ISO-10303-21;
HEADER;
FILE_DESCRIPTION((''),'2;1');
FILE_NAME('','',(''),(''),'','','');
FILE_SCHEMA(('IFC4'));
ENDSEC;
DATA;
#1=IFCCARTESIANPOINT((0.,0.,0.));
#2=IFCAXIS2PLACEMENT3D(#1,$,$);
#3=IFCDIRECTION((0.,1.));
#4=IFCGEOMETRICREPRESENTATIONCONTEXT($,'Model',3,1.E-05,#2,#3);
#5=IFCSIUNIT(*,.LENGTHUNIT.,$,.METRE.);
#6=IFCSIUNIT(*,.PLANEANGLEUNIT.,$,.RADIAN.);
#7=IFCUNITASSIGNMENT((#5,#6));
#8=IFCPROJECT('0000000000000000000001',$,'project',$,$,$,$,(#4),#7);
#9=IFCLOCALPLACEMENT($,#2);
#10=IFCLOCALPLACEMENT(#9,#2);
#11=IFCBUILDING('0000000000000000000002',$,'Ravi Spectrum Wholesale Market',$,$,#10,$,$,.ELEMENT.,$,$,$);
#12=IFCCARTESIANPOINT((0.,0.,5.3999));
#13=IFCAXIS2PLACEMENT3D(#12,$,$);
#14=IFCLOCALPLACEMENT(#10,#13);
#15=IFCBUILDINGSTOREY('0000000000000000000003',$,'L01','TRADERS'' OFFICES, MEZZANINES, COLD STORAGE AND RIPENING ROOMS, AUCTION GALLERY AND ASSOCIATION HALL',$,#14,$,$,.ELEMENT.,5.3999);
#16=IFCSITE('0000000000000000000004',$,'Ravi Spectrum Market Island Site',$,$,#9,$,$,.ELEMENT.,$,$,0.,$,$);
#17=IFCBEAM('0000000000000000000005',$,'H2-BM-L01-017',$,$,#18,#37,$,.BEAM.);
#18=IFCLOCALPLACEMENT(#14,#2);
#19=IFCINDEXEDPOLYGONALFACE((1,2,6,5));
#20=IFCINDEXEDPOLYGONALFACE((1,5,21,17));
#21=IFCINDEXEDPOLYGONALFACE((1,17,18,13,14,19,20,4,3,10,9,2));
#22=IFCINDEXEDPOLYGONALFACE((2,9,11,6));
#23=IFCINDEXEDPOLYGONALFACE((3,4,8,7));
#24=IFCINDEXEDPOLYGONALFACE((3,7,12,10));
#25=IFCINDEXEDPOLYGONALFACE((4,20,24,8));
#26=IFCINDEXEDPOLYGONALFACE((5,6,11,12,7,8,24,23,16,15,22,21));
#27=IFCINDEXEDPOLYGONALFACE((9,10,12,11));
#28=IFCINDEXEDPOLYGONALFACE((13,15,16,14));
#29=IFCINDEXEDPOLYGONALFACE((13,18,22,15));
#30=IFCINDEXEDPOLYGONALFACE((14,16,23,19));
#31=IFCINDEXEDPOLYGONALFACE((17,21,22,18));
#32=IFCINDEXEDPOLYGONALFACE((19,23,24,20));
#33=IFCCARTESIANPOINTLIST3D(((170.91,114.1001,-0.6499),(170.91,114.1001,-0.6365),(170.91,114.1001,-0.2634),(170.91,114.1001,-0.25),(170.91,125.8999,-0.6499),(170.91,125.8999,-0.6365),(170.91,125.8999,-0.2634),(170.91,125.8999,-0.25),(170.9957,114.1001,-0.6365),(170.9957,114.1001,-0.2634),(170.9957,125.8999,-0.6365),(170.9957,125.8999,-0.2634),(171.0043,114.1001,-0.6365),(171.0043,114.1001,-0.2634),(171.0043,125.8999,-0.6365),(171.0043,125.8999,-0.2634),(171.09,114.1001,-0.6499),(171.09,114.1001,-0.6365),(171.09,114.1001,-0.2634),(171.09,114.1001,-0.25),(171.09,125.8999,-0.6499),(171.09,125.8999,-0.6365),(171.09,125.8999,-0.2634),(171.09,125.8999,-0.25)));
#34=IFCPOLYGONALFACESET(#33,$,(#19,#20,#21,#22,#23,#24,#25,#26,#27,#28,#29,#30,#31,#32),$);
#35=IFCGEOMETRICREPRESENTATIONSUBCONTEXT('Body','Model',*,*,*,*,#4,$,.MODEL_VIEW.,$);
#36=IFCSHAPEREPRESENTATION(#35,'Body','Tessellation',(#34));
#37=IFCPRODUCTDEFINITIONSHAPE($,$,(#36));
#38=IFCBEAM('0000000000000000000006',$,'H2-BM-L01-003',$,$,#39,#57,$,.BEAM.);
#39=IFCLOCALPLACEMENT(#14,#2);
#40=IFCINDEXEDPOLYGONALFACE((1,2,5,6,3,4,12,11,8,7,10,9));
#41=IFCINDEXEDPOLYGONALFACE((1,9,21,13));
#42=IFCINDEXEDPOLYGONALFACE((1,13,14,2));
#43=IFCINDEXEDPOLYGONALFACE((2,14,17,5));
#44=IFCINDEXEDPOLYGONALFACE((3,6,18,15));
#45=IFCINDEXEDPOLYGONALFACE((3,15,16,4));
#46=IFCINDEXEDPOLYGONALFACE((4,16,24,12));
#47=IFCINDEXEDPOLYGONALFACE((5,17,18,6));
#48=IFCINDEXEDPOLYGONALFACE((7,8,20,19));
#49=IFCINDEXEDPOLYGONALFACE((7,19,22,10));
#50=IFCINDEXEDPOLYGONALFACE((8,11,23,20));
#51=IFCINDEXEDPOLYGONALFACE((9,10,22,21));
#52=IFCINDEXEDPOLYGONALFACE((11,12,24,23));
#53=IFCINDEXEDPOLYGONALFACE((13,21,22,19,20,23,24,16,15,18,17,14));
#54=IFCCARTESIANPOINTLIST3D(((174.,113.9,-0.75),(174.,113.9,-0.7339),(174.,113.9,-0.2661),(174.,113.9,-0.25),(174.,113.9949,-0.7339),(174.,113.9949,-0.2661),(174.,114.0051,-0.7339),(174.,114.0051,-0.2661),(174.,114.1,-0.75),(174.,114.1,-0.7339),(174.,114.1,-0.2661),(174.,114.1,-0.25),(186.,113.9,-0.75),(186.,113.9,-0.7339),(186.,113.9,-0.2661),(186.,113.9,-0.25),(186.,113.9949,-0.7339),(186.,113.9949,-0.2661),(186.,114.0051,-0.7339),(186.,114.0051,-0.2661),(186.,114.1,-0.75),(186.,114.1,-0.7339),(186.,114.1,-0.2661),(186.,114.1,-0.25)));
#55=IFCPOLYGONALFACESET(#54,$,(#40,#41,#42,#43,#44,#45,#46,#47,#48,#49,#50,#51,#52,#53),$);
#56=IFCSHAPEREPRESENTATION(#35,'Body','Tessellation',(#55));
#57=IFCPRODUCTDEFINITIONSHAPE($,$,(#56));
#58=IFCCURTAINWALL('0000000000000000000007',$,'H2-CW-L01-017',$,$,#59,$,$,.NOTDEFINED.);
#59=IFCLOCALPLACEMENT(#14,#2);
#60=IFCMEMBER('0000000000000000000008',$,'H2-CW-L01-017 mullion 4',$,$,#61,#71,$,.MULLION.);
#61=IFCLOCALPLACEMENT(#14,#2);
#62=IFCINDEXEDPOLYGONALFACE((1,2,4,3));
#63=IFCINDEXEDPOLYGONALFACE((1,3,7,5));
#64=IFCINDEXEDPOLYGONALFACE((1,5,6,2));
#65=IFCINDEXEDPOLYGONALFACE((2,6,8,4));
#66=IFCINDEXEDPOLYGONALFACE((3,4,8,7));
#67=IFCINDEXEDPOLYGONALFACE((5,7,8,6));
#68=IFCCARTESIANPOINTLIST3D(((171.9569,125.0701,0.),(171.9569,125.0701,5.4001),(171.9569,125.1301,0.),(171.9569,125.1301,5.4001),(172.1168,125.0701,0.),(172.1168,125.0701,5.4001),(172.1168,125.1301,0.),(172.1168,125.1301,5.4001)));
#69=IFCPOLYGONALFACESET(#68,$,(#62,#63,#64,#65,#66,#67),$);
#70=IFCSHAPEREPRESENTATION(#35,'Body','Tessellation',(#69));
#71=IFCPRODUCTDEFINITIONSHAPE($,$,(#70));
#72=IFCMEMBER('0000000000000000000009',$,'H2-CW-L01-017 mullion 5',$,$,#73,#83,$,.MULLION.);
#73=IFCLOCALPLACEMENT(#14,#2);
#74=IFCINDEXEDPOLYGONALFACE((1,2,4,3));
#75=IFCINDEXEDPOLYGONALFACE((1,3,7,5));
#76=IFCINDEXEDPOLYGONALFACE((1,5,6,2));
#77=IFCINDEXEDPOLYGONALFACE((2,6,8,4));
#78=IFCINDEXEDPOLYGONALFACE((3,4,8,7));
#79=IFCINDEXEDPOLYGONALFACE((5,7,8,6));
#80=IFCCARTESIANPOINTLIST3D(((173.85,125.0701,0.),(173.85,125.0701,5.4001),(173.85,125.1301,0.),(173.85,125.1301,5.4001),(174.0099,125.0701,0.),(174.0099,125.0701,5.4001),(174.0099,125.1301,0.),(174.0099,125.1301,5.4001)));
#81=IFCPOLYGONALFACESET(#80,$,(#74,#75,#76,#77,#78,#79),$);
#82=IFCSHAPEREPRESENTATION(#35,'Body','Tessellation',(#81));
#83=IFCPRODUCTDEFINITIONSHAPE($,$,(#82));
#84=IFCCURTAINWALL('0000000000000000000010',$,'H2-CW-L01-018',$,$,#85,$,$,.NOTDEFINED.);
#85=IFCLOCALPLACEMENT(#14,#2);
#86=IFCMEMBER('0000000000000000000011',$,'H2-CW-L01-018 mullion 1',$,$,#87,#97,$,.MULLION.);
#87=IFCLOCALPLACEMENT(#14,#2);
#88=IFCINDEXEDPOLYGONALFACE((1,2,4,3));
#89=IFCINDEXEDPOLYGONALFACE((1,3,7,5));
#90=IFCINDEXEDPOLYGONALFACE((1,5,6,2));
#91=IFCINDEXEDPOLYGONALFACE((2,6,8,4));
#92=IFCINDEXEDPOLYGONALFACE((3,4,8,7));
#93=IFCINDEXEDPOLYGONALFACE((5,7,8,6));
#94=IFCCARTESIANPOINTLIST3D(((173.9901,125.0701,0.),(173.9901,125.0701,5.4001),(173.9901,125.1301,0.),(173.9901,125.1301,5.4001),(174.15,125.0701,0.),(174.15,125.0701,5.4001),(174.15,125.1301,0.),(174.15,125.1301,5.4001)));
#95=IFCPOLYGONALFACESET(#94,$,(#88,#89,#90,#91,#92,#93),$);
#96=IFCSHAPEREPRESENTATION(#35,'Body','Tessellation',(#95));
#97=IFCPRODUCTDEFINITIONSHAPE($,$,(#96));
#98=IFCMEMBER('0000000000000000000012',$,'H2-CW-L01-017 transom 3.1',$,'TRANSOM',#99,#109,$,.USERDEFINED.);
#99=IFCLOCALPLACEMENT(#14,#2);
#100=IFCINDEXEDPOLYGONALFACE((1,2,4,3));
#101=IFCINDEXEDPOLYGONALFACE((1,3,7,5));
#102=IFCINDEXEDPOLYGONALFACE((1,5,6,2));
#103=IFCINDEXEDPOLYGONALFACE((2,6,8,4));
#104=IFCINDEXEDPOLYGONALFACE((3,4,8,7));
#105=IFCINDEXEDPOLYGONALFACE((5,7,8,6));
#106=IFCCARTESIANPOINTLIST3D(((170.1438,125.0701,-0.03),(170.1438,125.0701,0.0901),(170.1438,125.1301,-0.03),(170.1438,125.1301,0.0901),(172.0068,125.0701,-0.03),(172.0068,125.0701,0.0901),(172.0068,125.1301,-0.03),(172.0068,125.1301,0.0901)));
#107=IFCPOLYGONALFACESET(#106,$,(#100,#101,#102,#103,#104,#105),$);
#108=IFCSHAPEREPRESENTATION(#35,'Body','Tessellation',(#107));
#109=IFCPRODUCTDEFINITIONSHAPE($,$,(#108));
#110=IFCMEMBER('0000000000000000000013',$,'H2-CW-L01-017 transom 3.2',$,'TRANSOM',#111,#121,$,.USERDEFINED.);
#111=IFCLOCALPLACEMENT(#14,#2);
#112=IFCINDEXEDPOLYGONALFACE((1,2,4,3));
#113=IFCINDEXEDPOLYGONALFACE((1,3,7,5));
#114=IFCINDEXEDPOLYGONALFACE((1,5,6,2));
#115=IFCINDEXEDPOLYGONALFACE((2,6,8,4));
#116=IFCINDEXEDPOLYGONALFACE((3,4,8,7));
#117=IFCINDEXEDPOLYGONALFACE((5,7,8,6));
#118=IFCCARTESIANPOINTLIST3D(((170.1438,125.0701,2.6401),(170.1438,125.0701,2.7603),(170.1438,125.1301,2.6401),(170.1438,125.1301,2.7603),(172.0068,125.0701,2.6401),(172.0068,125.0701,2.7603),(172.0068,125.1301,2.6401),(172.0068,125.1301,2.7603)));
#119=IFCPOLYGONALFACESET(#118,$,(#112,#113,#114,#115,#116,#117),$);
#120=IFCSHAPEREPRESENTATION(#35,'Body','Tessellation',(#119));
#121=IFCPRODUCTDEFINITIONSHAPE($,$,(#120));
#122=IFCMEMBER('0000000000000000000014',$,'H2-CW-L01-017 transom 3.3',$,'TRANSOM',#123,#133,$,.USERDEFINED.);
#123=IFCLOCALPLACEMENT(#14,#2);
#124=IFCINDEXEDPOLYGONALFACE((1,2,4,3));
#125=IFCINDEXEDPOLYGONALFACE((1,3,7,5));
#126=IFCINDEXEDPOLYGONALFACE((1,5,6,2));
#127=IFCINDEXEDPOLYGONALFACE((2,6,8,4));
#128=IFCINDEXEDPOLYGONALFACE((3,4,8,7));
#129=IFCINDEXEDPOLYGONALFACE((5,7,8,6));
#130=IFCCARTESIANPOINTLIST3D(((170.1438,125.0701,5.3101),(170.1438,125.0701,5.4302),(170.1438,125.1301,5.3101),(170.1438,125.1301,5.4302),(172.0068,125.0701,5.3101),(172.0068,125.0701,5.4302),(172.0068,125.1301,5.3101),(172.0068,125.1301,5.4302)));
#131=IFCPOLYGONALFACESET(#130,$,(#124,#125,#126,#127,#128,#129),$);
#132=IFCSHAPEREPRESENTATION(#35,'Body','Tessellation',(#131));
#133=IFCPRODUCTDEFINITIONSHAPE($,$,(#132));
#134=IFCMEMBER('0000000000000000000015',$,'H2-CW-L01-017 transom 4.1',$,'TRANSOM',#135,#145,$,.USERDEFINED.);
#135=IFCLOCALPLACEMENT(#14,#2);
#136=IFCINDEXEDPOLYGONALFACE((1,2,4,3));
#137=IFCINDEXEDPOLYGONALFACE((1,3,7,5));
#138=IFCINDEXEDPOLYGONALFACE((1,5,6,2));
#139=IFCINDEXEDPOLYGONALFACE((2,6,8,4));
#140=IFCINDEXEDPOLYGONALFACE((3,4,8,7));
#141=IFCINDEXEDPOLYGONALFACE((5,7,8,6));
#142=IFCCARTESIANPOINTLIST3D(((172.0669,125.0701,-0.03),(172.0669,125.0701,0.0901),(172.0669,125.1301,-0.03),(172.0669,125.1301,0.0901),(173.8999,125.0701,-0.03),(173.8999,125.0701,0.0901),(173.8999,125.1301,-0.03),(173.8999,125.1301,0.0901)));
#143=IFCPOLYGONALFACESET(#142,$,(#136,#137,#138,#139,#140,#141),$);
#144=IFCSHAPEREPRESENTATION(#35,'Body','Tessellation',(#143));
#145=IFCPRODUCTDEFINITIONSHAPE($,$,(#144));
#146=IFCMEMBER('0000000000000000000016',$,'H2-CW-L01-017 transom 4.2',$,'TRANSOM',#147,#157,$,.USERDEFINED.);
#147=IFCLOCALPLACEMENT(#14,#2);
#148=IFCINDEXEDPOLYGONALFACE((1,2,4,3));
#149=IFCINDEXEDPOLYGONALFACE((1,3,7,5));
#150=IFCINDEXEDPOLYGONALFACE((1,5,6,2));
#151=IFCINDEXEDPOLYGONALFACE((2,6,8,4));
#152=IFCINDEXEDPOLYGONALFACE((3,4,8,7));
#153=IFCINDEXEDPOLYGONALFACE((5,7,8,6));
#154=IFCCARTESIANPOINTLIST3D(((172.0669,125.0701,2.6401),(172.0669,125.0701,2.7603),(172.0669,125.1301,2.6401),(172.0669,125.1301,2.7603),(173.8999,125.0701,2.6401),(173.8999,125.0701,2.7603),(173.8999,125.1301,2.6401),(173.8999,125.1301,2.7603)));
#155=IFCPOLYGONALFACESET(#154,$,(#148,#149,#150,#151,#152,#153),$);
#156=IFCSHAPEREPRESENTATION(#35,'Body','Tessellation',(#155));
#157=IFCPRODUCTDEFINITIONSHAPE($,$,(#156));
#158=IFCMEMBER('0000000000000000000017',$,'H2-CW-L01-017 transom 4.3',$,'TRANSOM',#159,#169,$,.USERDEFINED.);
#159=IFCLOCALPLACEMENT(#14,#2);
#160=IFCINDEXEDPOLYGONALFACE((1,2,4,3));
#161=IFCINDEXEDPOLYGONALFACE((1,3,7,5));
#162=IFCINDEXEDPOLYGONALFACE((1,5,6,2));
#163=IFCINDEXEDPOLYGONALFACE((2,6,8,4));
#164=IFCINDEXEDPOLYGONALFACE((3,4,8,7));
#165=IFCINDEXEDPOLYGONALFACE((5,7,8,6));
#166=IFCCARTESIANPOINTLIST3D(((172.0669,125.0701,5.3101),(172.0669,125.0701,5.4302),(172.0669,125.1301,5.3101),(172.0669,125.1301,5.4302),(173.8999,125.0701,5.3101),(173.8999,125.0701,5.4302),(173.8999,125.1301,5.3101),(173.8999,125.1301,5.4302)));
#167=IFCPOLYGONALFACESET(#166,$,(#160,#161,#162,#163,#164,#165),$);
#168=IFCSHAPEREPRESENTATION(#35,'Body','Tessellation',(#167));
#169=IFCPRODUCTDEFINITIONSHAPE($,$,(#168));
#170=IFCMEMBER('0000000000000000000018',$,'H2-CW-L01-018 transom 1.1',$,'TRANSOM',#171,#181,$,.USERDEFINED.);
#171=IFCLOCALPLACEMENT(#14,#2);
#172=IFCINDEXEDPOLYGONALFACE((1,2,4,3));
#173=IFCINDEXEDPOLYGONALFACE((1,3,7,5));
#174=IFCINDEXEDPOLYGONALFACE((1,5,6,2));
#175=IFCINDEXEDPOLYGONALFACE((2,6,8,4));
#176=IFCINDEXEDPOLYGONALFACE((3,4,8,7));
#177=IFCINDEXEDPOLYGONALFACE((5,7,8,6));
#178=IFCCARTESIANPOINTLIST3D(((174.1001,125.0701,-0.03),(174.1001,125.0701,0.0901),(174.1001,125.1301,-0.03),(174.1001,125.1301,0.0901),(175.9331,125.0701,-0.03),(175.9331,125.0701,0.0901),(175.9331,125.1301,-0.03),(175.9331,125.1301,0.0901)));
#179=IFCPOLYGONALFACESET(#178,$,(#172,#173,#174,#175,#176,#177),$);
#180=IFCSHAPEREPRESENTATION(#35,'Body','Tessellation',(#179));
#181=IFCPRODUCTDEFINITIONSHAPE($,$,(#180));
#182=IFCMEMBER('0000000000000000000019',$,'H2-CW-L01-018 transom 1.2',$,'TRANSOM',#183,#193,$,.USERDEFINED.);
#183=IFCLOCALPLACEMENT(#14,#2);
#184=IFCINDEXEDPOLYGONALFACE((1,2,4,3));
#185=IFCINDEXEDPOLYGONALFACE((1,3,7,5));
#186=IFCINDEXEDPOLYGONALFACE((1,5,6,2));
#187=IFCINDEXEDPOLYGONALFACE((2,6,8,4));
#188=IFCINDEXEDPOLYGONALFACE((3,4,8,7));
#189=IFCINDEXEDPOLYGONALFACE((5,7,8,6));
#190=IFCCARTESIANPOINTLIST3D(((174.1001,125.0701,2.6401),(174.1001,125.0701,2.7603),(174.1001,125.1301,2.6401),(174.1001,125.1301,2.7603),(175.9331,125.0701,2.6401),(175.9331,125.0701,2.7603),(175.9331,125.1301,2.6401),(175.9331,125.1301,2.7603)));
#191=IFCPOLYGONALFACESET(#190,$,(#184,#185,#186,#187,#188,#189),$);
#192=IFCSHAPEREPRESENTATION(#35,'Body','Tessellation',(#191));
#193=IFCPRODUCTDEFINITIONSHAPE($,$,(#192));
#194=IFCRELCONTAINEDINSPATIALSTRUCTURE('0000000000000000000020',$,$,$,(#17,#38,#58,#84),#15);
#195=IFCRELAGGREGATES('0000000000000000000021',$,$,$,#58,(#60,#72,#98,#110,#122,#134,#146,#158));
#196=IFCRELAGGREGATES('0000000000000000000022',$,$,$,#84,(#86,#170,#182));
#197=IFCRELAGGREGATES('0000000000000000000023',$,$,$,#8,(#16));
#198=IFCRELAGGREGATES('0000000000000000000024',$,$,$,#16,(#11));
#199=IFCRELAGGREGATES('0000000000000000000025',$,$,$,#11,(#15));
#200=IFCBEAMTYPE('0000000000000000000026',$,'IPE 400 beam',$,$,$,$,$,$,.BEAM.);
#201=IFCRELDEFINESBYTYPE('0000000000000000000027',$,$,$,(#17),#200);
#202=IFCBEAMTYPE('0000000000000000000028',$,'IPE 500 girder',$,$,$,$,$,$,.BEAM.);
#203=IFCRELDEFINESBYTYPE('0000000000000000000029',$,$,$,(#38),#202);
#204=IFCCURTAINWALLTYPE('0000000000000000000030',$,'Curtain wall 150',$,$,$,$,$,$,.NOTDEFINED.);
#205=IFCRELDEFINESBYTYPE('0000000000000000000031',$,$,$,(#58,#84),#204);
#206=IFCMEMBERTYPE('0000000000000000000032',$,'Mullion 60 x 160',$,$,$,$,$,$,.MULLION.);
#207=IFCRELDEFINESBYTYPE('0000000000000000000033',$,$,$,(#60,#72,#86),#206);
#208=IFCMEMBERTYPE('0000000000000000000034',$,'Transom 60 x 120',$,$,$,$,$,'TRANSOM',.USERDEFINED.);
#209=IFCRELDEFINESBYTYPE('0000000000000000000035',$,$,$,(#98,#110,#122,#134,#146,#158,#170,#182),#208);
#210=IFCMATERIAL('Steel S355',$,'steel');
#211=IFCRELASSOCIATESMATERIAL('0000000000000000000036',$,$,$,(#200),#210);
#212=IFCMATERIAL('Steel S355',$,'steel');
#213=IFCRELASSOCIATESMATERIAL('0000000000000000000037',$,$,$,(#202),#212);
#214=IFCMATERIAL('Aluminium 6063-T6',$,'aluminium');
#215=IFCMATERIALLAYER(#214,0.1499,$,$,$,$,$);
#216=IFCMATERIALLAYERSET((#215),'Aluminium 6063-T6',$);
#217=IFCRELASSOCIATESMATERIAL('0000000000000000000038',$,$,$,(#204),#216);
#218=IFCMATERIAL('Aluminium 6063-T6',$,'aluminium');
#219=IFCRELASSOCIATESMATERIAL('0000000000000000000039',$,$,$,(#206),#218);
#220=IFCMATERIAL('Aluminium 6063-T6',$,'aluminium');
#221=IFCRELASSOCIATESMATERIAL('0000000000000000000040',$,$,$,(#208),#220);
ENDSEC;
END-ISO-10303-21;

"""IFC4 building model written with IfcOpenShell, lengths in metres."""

from ifc_helpers import new_model, si_unit, direction, frame, origin, origin_2d, place, context, subcontext, project, spatial, rectangle, i_section, extrude, material, layer, layer_set, material_profile, profile_set, type_object, element, aggregate, save


model = new_model("IFC4")

# Units and contexts
model_context = context("Model", 3, precision=1e-05, world=origin(), true_north=direction((0.0, 1.0)))
body_context = subcontext(model_context, "Body", "Model", "MODEL_VIEW")
ifc_project = project(units=[si_unit("LENGTHUNIT", "METRE"), si_unit("PLANEANGLEUNIT", "RADIAN")], contexts=[model_context])

# Site, building, storey
site_placement = place(None, origin())
site = spatial("IfcSite", under=ifc_project, at=site_placement, Name="Ravi Spectrum Market Island Site", CompositionType="ELEMENT", RefElevation=0.0)
building_placement = place(site_placement, origin())
building = spatial("IfcBuilding", under=site, at=building_placement, Name="Ravi Spectrum Wholesale Market", CompositionType="ELEMENT")
storey_placement = place(building_placement, frame((0.0, 0.0, 5.3999)))
storey = spatial("IfcBuildingStorey", under=building, at=storey_placement, Name="L01", Description="TRADERS' OFFICES, MEZZANINES, COLD STORAGE AND RIPENING ROOMS, AUCTION GALLERY AND ASSOCIATION HALL", CompositionType="ELEMENT", Elevation=5.3999)

# Beams
ifc_material_1 = material(Name="Steel S355", Category="steel")
ifc_material_profile_1 = material_profile(ifc_material_1, i_section(OverallWidth=0.1799, OverallDepth=0.3999, WebThickness=0.0085, FlangeThickness=0.0134, at=origin_2d()))
ifc_profile_set_1 = profile_set([ifc_material_profile_1], Name="Steel S355")
beam_type_1 = type_object("IfcBeamType", Name="IPE 400 beam", PredefinedType="BEAM", material=ifc_profile_set_1)
beam_1_placement = place(storey_placement, frame((171.0, 114.1001, -0.45), z_axis=(0.0, 1.0, 0.0), x_axis=(-1.0, 0.0, 0.0)))
element("IfcBeam", 1, at=beam_1_placement, inside=storey, type_object=beam_type_1, Name="H2-BM-L01-017", PredefinedType="BEAM", context=body_context, shape_type="SweptSolid", body=[
    extrude(i_section(OverallWidth=0.1799, OverallDepth=0.3999, WebThickness=0.0085, FlangeThickness=0.0134, at=origin_2d()), origin(), (0.0, 0.0, 1.0), 11.7998),
])
ifc_material_2 = material(Name="Steel S355", Category="steel")
ifc_material_profile_2 = material_profile(ifc_material_2, i_section(OverallWidth=0.2, OverallDepth=0.5, WebThickness=0.0103, FlangeThickness=0.0161, at=origin_2d()))
ifc_profile_set_2 = profile_set([ifc_material_profile_2], Name="Steel S355")
beam_type_2 = type_object("IfcBeamType", Name="IPE 500 girder", PredefinedType="BEAM", material=ifc_profile_set_2)
beam_2_placement = place(storey_placement, frame((174.0, 114.0, -0.5), z_axis=(1.0, 0.0, 0.0), x_axis=(0.0, 1.0, 0.0)))
element("IfcBeam", 2, at=beam_2_placement, inside=storey, type_object=beam_type_2, Name="H2-BM-L01-003", PredefinedType="BEAM", context=body_context, shape_type="SweptSolid", body=[
    extrude(i_section(OverallWidth=0.2, OverallDepth=0.5, WebThickness=0.0103, FlangeThickness=0.0161, at=origin_2d()), origin(), (0.0, 0.0, 1.0), 12.0),
])

# Curtain wall, members
ifc_material_3 = material(Name="Aluminium 6063-T6", Category="aluminium")
ifc_layer_1 = layer(ifc_material_3, 0.1499)
ifc_layer_set_1 = layer_set([ifc_layer_1], Name="Aluminium 6063-T6")
curtain_wall_type = type_object("IfcCurtainWallType", Name="Curtain wall 150", PredefinedType="NOTDEFINED", material=ifc_layer_set_1)
curtain_wall_1_placement = place(storey_placement, origin())
curtain_wall_1 = element("IfcCurtainWall", 3, at=curtain_wall_1_placement, inside=storey, type_object=curtain_wall_type, Name="H2-CW-L01-017", PredefinedType="NOTDEFINED")
ifc_material_4 = material(Name="Aluminium 6063-T6", Category="aluminium")
ifc_material_profile_3 = material_profile(ifc_material_4, rectangle(XDim=0.0601, YDim=0.1599, at=origin_2d()))
ifc_profile_set_3 = profile_set([ifc_material_profile_3], Name="Aluminium 6063-T6")
member_type_1 = type_object("IfcMemberType", Name="Mullion 60 x 160", PredefinedType="MULLION", material=ifc_profile_set_3)
member_1_placement = place(storey_placement, frame((172.0369, 125.1001, 0.0), z_axis=(0.0, 0.0, 1.0), x_axis=(0.0, 1.0, 0.0)))
member_1 = element("IfcMember", 4, at=member_1_placement, type_object=member_type_1, Name="H2-CW-L01-017 mullion 4", PredefinedType="MULLION", context=body_context, shape_type="SweptSolid", body=[
    extrude(rectangle(XDim=0.0601, YDim=0.1599, at=origin_2d()), origin(), (0.0, 0.0, 1.0), 5.4001),
])
member_2_placement = place(storey_placement, frame((173.9299, 125.1001, 0.0), z_axis=(0.0, 0.0, 1.0), x_axis=(0.0, 1.0, 0.0)))
member_2 = element("IfcMember", 5, at=member_2_placement, type_object=member_type_1, Name="H2-CW-L01-017 mullion 5", PredefinedType="MULLION", context=body_context, shape_type="SweptSolid", body=[
    extrude(rectangle(XDim=0.0601, YDim=0.1599, at=origin_2d()), origin(), (0.0, 0.0, 1.0), 5.4001),
])

# Curtain wall, member
curtain_wall_2_placement = place(storey_placement, origin())
curtain_wall_2 = element("IfcCurtainWall", 6, at=curtain_wall_2_placement, inside=storey, type_object=curtain_wall_type, Name="H2-CW-L01-018", PredefinedType="NOTDEFINED")
member_3_placement = place(storey_placement, frame((174.0701, 125.1001, 0.0), z_axis=(0.0, 0.0, 1.0), x_axis=(0.0, 1.0, 0.0)))
member_3 = element("IfcMember", 7, at=member_3_placement, type_object=member_type_1, Name="H2-CW-L01-018 mullion 1", PredefinedType="MULLION", context=body_context, shape_type="SweptSolid", body=[
    extrude(rectangle(XDim=0.0601, YDim=0.1599, at=origin_2d()), origin(), (0.0, 0.0, 1.0), 5.4001),
])

# Members
ifc_material_5 = material(Name="Aluminium 6063-T6", Category="aluminium")
ifc_material_profile_4 = material_profile(ifc_material_5, rectangle(XDim=0.0601, YDim=0.1201, at=origin_2d()))
ifc_profile_set_4 = profile_set([ifc_material_profile_4], Name="Aluminium 6063-T6")
member_type_2 = type_object("IfcMemberType", Name="Transom 60 x 120", ElementType="TRANSOM", PredefinedType="USERDEFINED", material=ifc_profile_set_4)
member_4_placement = place(storey_placement, frame((170.1438, 125.1001, 0.03), z_axis=(1.0, 0.0, 0.0), x_axis=(0.0, 1.0, 0.0)))
member_4 = element("IfcMember", 8, at=member_4_placement, type_object=member_type_2, Name="H2-CW-L01-017 transom 3.1", ObjectType="TRANSOM", PredefinedType="USERDEFINED", context=body_context, shape_type="SweptSolid", body=[
    extrude(rectangle(XDim=0.0601, YDim=0.1201, at=origin_2d()), origin(), (0.0, 0.0, 1.0), 1.863),
])
member_5_placement = place(storey_placement, frame((170.1438, 125.1001, 2.7002), z_axis=(1.0, 0.0, 0.0), x_axis=(0.0, 1.0, 0.0)))
member_5 = element("IfcMember", 9, at=member_5_placement, type_object=member_type_2, Name="H2-CW-L01-017 transom 3.2", ObjectType="TRANSOM", PredefinedType="USERDEFINED", context=body_context, shape_type="SweptSolid", body=[
    extrude(rectangle(XDim=0.0601, YDim=0.1201, at=origin_2d()), origin(), (0.0, 0.0, 1.0), 1.863),
])
member_6_placement = place(storey_placement, frame((170.1438, 125.1001, 5.3701), z_axis=(1.0, 0.0, 0.0), x_axis=(0.0, 1.0, 0.0)))
member_6 = element("IfcMember", 10, at=member_6_placement, type_object=member_type_2, Name="H2-CW-L01-017 transom 3.3", ObjectType="TRANSOM", PredefinedType="USERDEFINED", context=body_context, shape_type="SweptSolid", body=[
    extrude(rectangle(XDim=0.0601, YDim=0.1201, at=origin_2d()), origin(), (0.0, 0.0, 1.0), 1.863),
])
member_7_placement = place(storey_placement, frame((172.0669, 125.1001, 0.03), z_axis=(1.0, 0.0, 0.0), x_axis=(0.0, 1.0, 0.0)))
member_7 = element("IfcMember", 11, at=member_7_placement, type_object=member_type_2, Name="H2-CW-L01-017 transom 4.1", ObjectType="TRANSOM", PredefinedType="USERDEFINED", context=body_context, shape_type="SweptSolid", body=[
    extrude(rectangle(XDim=0.0601, YDim=0.1201, at=origin_2d()), origin(), (0.0, 0.0, 1.0), 1.833),
])
member_8_placement = place(storey_placement, frame((172.0669, 125.1001, 2.7002), z_axis=(1.0, 0.0, 0.0), x_axis=(0.0, 1.0, 0.0)))
member_8 = element("IfcMember", 12, at=member_8_placement, type_object=member_type_2, Name="H2-CW-L01-017 transom 4.2", ObjectType="TRANSOM", PredefinedType="USERDEFINED", context=body_context, shape_type="SweptSolid", body=[
    extrude(rectangle(XDim=0.0601, YDim=0.1201, at=origin_2d()), origin(), (0.0, 0.0, 1.0), 1.833),
])
member_9_placement = place(storey_placement, frame((172.0669, 125.1001, 5.3701), z_axis=(1.0, 0.0, 0.0), x_axis=(0.0, 1.0, 0.0)))
member_9 = element("IfcMember", 13, at=member_9_placement, type_object=member_type_2, Name="H2-CW-L01-017 transom 4.3", ObjectType="TRANSOM", PredefinedType="USERDEFINED", context=body_context, shape_type="SweptSolid", body=[
    extrude(rectangle(XDim=0.0601, YDim=0.1201, at=origin_2d()), origin(), (0.0, 0.0, 1.0), 1.833),
])
member_10_placement = place(storey_placement, frame((174.1001, 125.1001, 0.03), z_axis=(1.0, 0.0, 0.0), x_axis=(0.0, 1.0, 0.0)))
member_10 = element("IfcMember", 14, at=member_10_placement, type_object=member_type_2, Name="H2-CW-L01-018 transom 1.1", ObjectType="TRANSOM", PredefinedType="USERDEFINED", context=body_context, shape_type="SweptSolid", body=[
    extrude(rectangle(XDim=0.0601, YDim=0.1201, at=origin_2d()), origin(), (0.0, 0.0, 1.0), 1.833),
])
member_11_placement = place(storey_placement, frame((174.1001, 125.1001, 2.7002), z_axis=(1.0, 0.0, 0.0), x_axis=(0.0, 1.0, 0.0)))
member_11 = element("IfcMember", 15, at=member_11_placement, type_object=member_type_2, Name="H2-CW-L01-018 transom 1.2", ObjectType="TRANSOM", PredefinedType="USERDEFINED", context=body_context, shape_type="SweptSolid", body=[
    extrude(rectangle(XDim=0.0601, YDim=0.1201, at=origin_2d()), origin(), (0.0, 0.0, 1.0), 1.833),
])

aggregate(curtain_wall_1, [member_1, member_2, member_4, member_5, member_6, member_7, member_8, member_9])
aggregate(curtain_wall_2, [member_3, member_10, member_11])

save(model, "model.ifc")
